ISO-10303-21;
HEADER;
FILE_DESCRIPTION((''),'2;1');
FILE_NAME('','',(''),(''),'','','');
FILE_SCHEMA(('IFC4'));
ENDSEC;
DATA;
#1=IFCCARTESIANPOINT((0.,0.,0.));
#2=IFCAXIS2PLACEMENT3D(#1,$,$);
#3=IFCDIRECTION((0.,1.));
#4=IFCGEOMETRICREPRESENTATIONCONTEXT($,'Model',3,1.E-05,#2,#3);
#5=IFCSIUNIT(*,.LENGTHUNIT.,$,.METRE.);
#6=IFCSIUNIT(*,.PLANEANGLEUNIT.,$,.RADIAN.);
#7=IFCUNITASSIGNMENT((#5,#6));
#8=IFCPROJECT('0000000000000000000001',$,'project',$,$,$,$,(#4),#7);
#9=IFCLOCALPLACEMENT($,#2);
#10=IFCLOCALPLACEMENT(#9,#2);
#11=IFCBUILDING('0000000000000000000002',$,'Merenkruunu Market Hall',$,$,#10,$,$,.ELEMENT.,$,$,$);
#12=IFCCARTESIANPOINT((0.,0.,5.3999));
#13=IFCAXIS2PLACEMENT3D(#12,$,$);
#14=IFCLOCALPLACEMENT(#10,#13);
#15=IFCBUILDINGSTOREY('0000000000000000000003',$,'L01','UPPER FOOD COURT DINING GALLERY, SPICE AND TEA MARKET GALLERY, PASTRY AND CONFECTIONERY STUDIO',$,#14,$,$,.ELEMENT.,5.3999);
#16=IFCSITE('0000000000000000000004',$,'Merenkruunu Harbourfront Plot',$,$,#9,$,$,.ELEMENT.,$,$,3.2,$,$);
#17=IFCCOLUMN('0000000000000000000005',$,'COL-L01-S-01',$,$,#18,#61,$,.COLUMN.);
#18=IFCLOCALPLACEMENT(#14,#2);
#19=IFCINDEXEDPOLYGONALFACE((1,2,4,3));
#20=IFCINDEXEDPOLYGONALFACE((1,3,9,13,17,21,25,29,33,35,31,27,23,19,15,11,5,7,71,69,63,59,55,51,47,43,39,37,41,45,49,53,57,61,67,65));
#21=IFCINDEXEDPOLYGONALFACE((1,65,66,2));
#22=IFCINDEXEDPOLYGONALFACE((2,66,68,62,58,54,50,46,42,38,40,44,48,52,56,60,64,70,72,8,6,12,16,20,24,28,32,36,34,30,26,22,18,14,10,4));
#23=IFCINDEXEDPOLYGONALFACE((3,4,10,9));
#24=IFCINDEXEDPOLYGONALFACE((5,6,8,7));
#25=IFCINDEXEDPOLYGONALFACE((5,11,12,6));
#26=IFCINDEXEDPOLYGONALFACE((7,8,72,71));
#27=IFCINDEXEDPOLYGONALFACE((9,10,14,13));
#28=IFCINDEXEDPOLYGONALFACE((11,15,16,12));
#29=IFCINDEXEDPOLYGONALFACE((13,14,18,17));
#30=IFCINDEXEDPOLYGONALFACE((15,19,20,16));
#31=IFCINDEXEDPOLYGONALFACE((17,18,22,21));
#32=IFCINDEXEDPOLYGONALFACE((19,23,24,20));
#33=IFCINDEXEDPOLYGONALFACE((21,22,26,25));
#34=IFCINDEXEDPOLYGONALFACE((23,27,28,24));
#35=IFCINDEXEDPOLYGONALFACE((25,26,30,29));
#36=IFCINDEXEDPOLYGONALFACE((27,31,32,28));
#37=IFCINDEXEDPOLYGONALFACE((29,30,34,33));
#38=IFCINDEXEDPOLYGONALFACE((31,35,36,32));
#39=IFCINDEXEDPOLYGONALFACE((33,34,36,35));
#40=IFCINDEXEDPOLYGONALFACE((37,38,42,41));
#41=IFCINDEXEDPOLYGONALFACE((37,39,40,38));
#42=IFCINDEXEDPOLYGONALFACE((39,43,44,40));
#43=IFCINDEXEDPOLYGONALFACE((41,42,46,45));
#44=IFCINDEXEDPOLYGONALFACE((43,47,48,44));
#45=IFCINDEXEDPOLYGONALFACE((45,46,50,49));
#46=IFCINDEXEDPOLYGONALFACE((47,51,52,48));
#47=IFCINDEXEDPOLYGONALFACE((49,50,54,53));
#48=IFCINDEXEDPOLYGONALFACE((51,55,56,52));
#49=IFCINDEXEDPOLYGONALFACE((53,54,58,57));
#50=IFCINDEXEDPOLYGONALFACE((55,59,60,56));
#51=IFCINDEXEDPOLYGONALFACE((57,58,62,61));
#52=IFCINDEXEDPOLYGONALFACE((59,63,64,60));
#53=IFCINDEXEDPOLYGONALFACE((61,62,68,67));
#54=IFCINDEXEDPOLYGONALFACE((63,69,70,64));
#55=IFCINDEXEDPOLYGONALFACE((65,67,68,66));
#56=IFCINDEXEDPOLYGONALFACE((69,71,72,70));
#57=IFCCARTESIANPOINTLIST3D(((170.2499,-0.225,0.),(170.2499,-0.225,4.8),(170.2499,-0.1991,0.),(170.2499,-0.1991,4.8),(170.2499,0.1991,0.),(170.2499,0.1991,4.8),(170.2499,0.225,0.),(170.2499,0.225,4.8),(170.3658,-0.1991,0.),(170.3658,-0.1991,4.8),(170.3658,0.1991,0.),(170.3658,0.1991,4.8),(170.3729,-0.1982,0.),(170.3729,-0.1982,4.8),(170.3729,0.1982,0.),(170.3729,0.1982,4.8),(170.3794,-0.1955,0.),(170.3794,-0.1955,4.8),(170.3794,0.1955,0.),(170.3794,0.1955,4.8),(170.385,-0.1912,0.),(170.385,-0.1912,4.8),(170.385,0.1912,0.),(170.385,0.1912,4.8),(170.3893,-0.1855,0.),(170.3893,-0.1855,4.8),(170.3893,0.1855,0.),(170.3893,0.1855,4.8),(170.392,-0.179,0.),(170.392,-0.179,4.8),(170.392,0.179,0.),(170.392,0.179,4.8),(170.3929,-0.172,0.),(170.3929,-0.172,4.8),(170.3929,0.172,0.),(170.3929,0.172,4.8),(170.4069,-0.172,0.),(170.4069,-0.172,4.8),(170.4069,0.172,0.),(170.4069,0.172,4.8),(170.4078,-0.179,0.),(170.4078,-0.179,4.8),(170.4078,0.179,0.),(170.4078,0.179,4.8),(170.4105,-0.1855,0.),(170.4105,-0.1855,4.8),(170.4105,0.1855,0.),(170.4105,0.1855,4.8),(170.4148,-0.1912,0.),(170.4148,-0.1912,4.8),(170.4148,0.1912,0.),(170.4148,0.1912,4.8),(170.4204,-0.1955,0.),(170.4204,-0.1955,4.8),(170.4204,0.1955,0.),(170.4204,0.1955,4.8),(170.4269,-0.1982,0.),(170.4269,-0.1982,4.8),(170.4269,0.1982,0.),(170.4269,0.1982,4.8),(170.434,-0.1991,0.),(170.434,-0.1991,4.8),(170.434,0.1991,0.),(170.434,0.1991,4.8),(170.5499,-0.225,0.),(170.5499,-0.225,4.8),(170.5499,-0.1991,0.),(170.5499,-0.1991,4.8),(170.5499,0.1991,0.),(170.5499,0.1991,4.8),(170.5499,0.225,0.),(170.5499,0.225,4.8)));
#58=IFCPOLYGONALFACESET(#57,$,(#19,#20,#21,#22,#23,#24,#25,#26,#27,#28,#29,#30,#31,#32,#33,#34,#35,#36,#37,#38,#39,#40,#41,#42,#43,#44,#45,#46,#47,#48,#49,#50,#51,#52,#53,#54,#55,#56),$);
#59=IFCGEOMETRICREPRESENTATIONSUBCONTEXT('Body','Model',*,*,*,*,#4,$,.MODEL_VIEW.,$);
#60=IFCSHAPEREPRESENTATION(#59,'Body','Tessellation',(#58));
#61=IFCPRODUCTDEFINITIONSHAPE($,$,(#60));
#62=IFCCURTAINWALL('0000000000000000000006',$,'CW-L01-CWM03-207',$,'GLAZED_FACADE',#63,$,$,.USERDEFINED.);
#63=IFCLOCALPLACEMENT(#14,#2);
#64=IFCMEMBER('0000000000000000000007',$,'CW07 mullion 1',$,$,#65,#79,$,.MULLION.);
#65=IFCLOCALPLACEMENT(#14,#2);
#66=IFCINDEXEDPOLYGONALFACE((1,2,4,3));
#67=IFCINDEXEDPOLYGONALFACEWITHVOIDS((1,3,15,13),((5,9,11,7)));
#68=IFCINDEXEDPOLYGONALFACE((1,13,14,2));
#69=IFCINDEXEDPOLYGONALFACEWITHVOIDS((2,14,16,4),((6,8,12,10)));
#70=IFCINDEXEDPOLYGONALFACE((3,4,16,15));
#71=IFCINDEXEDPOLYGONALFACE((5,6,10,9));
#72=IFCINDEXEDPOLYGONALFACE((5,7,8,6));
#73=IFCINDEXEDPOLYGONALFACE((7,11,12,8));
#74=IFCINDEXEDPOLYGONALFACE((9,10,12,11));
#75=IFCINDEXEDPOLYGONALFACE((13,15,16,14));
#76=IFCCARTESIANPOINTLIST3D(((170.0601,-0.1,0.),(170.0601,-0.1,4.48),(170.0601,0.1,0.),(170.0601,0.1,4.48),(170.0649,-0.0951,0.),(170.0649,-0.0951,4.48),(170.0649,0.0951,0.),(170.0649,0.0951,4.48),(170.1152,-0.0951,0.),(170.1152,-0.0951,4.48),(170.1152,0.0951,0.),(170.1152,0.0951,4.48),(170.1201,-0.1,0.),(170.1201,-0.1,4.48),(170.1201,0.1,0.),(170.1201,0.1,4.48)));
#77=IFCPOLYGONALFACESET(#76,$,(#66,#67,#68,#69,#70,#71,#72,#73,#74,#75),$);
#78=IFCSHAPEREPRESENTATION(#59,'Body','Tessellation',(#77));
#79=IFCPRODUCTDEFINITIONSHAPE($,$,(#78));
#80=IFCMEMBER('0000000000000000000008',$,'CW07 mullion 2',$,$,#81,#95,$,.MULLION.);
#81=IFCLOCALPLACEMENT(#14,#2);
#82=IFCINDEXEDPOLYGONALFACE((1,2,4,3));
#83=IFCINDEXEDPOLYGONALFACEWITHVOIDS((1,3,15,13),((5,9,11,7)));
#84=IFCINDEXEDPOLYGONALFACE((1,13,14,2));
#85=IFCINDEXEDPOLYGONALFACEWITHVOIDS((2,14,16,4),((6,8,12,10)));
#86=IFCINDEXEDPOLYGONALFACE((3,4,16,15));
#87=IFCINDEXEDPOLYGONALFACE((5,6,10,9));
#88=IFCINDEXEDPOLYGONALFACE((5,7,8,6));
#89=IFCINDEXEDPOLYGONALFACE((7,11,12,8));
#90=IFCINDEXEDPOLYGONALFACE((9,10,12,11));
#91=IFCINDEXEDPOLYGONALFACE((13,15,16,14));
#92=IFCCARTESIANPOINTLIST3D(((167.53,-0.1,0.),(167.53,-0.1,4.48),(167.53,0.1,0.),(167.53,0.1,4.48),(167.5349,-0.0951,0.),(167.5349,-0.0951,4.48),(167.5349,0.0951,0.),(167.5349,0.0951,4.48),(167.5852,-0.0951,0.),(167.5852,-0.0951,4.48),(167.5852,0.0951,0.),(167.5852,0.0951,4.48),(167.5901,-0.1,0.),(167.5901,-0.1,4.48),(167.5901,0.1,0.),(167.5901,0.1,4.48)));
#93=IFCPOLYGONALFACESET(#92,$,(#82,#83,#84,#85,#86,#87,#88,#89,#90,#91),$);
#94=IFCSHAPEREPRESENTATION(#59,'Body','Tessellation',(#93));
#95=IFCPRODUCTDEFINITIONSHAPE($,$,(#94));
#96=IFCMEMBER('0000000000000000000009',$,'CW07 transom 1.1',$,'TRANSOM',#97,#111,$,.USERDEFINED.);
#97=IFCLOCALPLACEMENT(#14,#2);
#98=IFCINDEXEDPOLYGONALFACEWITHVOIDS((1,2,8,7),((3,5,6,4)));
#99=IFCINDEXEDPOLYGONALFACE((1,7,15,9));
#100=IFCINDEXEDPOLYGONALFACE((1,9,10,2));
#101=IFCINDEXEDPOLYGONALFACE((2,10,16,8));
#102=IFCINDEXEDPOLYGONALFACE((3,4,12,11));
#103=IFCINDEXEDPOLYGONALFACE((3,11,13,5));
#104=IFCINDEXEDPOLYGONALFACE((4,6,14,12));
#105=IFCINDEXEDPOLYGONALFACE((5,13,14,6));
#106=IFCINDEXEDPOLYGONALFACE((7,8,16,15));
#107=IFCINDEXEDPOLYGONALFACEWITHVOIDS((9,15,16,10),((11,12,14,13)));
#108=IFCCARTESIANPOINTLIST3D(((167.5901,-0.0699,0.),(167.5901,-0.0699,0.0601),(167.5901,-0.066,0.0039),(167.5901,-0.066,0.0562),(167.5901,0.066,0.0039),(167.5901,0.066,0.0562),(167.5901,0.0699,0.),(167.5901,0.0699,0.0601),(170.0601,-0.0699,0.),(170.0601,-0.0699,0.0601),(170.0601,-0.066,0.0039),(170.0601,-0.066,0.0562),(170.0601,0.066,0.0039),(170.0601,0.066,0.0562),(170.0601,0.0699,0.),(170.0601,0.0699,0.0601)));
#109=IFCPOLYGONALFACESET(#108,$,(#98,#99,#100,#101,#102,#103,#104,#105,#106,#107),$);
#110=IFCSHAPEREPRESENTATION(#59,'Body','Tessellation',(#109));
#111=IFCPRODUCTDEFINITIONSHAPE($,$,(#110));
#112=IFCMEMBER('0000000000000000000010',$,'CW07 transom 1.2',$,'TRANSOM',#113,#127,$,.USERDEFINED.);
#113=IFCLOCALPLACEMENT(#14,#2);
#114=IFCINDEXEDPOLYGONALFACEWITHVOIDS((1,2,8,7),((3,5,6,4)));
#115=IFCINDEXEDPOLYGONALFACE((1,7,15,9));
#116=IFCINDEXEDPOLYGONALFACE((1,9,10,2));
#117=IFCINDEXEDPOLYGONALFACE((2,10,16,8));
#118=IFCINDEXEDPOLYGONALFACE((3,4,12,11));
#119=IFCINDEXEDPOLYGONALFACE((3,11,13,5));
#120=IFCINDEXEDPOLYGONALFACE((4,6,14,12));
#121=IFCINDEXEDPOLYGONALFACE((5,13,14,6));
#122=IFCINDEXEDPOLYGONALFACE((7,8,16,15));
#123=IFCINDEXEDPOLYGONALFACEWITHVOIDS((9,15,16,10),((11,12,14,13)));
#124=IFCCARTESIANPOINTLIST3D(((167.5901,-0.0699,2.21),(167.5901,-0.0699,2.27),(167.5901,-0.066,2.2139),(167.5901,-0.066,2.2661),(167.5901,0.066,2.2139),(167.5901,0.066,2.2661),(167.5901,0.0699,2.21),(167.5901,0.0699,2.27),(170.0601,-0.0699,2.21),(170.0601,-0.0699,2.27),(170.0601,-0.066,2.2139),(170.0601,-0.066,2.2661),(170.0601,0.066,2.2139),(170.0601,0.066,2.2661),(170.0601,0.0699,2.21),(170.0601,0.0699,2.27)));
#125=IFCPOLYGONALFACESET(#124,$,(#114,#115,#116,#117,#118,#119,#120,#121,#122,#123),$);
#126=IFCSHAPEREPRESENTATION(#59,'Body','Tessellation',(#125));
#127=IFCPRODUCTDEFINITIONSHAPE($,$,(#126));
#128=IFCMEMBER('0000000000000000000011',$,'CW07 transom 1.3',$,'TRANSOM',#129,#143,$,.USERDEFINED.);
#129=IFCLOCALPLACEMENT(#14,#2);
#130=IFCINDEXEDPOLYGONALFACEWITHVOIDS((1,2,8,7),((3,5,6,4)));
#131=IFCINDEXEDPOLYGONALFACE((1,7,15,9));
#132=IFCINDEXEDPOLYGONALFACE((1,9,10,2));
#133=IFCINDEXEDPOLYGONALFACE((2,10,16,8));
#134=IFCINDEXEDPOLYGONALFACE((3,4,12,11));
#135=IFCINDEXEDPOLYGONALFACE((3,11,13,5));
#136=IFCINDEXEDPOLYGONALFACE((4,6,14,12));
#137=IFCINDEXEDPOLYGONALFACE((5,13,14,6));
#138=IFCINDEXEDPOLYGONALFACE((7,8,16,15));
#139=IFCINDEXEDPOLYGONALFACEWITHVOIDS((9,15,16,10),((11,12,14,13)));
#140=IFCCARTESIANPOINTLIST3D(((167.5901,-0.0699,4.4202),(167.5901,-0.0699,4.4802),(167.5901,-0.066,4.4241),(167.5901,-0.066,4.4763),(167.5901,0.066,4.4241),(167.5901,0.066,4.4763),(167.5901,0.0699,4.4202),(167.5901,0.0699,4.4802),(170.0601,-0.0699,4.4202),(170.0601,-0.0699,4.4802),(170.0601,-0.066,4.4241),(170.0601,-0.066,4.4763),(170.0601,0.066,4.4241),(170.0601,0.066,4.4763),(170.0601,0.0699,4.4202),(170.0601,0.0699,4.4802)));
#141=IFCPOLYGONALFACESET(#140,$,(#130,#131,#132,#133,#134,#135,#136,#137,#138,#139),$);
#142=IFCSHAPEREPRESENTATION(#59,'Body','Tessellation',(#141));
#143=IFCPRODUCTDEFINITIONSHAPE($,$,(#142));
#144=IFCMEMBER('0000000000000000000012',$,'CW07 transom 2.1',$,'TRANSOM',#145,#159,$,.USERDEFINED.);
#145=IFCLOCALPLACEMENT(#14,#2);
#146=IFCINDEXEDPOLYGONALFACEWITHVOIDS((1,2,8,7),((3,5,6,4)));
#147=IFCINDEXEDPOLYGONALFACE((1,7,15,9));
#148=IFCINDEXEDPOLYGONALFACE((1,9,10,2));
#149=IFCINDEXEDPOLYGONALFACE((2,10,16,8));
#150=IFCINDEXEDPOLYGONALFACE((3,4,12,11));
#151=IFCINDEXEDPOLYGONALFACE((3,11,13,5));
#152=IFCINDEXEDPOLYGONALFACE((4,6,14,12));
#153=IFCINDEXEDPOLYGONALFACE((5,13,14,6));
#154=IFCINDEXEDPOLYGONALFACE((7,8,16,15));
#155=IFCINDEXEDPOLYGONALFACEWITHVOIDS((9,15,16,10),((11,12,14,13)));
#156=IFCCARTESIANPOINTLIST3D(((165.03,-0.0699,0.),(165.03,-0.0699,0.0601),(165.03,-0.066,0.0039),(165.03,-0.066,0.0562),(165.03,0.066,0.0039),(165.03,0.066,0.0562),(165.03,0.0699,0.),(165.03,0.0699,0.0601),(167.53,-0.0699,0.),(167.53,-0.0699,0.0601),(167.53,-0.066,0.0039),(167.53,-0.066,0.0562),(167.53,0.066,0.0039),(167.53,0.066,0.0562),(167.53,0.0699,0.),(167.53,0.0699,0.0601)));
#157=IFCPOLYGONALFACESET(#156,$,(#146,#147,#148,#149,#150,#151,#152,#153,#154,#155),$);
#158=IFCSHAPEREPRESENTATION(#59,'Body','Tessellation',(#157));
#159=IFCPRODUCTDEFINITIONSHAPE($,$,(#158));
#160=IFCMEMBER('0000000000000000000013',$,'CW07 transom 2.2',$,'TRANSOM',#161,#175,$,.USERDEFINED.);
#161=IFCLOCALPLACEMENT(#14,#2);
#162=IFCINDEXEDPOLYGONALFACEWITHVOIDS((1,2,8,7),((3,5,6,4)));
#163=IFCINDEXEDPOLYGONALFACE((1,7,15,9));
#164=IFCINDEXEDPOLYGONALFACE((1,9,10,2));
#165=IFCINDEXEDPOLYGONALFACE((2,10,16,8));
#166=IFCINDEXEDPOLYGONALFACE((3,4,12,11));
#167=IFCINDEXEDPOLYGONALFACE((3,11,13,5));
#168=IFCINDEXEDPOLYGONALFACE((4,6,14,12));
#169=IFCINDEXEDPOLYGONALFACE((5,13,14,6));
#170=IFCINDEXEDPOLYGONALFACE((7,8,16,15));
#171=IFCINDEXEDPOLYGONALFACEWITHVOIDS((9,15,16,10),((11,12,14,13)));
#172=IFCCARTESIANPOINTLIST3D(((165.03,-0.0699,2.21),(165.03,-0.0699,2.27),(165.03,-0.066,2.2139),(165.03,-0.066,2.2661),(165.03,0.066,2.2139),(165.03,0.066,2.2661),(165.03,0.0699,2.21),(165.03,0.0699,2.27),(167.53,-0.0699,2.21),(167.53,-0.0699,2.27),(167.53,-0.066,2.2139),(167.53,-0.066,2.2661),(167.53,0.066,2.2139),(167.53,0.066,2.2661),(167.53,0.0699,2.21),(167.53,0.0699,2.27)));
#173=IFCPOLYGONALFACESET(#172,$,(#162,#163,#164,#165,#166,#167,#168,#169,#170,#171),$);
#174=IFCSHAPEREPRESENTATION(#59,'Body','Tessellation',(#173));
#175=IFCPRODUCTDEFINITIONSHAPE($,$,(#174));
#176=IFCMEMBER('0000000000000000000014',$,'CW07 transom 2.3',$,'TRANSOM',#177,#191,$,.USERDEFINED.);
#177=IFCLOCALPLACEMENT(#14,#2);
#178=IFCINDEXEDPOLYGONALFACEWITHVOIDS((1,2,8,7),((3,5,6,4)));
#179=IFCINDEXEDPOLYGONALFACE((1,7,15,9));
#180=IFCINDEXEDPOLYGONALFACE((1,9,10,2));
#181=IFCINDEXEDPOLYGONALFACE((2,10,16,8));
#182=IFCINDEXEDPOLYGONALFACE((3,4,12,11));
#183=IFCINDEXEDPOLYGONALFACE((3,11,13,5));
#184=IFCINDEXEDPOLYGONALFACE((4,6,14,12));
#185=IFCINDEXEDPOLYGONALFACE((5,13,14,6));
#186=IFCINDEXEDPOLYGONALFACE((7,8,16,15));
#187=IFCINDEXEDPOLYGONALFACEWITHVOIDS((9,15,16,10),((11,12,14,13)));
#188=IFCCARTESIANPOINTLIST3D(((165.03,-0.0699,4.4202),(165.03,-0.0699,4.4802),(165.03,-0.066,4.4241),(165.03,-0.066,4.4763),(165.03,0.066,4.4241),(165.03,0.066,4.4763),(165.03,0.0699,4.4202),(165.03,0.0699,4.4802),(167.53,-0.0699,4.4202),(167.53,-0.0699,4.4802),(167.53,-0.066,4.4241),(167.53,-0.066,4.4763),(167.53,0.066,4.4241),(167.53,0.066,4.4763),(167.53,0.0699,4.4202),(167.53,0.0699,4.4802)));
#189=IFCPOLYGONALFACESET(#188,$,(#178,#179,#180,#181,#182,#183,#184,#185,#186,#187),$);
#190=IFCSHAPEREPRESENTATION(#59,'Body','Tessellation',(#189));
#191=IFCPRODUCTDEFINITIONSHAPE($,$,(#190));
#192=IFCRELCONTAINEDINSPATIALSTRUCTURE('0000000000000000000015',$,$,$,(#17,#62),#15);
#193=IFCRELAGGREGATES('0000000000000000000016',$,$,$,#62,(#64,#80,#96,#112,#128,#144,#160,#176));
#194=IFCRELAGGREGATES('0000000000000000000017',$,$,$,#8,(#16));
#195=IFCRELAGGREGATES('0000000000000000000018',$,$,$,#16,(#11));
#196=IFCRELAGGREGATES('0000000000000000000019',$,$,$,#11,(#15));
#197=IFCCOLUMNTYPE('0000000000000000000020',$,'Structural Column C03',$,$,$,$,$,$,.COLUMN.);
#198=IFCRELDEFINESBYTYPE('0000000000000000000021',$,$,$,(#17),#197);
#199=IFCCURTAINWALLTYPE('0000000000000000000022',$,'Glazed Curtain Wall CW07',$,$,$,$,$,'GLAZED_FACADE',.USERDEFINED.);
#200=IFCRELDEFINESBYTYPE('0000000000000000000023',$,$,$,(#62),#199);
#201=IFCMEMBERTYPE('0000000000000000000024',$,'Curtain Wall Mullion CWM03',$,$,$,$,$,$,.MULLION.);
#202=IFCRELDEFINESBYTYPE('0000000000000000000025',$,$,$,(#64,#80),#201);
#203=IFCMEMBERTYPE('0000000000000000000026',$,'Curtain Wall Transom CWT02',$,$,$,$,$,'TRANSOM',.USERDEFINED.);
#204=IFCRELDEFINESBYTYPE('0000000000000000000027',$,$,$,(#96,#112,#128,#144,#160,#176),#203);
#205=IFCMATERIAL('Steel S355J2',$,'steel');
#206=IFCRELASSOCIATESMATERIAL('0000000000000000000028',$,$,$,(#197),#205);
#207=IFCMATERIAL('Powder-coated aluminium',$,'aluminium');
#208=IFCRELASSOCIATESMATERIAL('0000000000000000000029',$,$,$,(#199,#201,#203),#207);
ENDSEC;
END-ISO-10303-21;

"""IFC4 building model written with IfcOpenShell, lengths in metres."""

from ifc_helpers import new_model, si_unit, direction, frame, origin, origin_2d, place, context, subcontext, project, spatial, hollow_rectangle, i_section, extrude, material, material_profile, profile_set, type_object, element, aggregate, save


model = new_model("IFC4")

# Units and contexts
model_context = context("Model", 3, precision=1e-05, world=origin(), true_north=direction((0.0, 1.0)))
body_context = subcontext(model_context, "Body", "Model", "MODEL_VIEW")
ifc_project = project(units=[si_unit("LENGTHUNIT", "METRE"), si_unit("PLANEANGLEUNIT", "RADIAN")], contexts=[model_context])

# Site, building, storey
site_placement = place(None, origin())
site = spatial("IfcSite", under=ifc_project, at=site_placement, Name="Merenkruunu Harbourfront Plot", CompositionType="ELEMENT", RefElevation=3.2)
building_placement = place(site_placement, origin())
building = spatial("IfcBuilding", under=site, at=building_placement, Name="Merenkruunu Market Hall", CompositionType="ELEMENT")
storey_placement = place(building_placement, frame((0.0, 0.0, 5.3999)))
storey = spatial("IfcBuildingStorey", under=building, at=storey_placement, Name="L01", Description="UPPER FOOD COURT DINING GALLERY, SPICE AND TEA MARKET GALLERY, PASTRY AND CONFECTIONERY STUDIO", CompositionType="ELEMENT", Elevation=5.3999)

# Column
ifc_material_1 = material(Name="Steel S355J2", Category="steel")
ifc_material_profile_1 = material_profile(ifc_material_1, i_section(OverallWidth=0.3, OverallDepth=0.45, WebThickness=0.0139, FlangeThickness=0.0259, FilletRadius=0.0271, at=origin_2d()), Name="HEB 450")
ifc_profile_set_1 = profile_set([ifc_material_profile_1], Name="Steel S355J2")
column_type = type_object("IfcColumnType", Name="Structural Column C03", PredefinedType="COLUMN", material=ifc_profile_set_1)
column_placement = place(storey_placement, frame((170.3999, 0.0, 0.0), z_axis=(0.0, 0.0, 1.0), x_axis=(1.0, 0.0, 0.0)))
element("IfcColumn", 1, at=column_placement, inside=storey, type_object=column_type, Name="COL-L01-S-01", PredefinedType="COLUMN", context=body_context, shape_type="SweptSolid", body=[
    extrude(i_section(OverallWidth=0.3, OverallDepth=0.45, WebThickness=0.0139, FlangeThickness=0.0259, FilletRadius=0.0271, at=origin_2d()), origin(), (0.0, 0.0, 1.0), 4.8),
])

# Curtain wall, members
ifc_material_2 = material(Name="Powder-coated aluminium", Category="aluminium")
curtain_wall_type = type_object("IfcCurtainWallType", Name="Glazed Curtain Wall CW07", ElementType="GLAZED_FACADE", PredefinedType="USERDEFINED", material=ifc_material_2)
curtain_wall_placement = place(storey_placement, origin())
curtain_wall = element("IfcCurtainWall", 2, at=curtain_wall_placement, inside=storey, type_object=curtain_wall_type, Name="CW-L01-CWM03-207", ObjectType="GLAZED_FACADE", PredefinedType="USERDEFINED")
ifc_material_profile_2 = material_profile(ifc_material_2, hollow_rectangle(XDim=0.0601, YDim=0.2, WallThickness=0.0049, at=origin_2d()), Name="ALU 60x200x5")
ifc_profile_set_2 = profile_set([ifc_material_profile_2], Name="Powder-coated aluminium")
member_type_1 = type_object("IfcMemberType", Name="Curtain Wall Mullion CWM03", PredefinedType="MULLION", material=ifc_profile_set_2)
member_1_placement = place(storey_placement, frame((170.0901, 0.0, 0.0), z_axis=(0.0, 0.0, 1.0), x_axis=(-1.0, 0.0, 0.0)))
member_1 = element("IfcMember", 3, at=member_1_placement, type_object=member_type_1, Name="CW07 mullion 1", PredefinedType="MULLION", context=body_context, shape_type="SweptSolid", body=[
    extrude(hollow_rectangle(XDim=0.0601, YDim=0.2, WallThickness=0.0049, at=origin_2d()), origin(), (0.0, 0.0, 1.0), 4.48),
])
member_2_placement = place(storey_placement, frame((167.5601, 0.0, 0.0), z_axis=(0.0, 0.0, 1.0), x_axis=(-1.0, 0.0, 0.0)))
member_2 = element("IfcMember", 4, at=member_2_placement, type_object=member_type_1, Name="CW07 mullion 2", PredefinedType="MULLION", context=body_context, shape_type="SweptSolid", body=[
    extrude(hollow_rectangle(XDim=0.0601, YDim=0.2, WallThickness=0.0049, at=origin_2d()), origin(), (0.0, 0.0, 1.0), 4.48),
])
ifc_material_profile_3 = material_profile(ifc_material_2, hollow_rectangle(XDim=0.0601, YDim=0.1399, WallThickness=0.0039, at=origin_2d()), Name="ALU 60x140x4")
ifc_profile_set_3 = profile_set([ifc_material_profile_3], Name="Powder-coated aluminium")
member_type_2 = type_object("IfcMemberType", Name="Curtain Wall Transom CWT02", ElementType="TRANSOM", PredefinedType="USERDEFINED", material=ifc_profile_set_3)
member_3_placement = place(storey_placement, frame((170.0601, 0.0, 0.03), z_axis=(-1.0, 0.0, 0.0), x_axis=(0.0, 0.0, 1.0)))
member_3 = element("IfcMember", 5, at=member_3_placement, type_object=member_type_2, Name="CW07 transom 1.1", ObjectType="TRANSOM", PredefinedType="USERDEFINED", context=body_context, shape_type="SweptSolid", body=[
    extrude(hollow_rectangle(XDim=0.0601, YDim=0.1399, WallThickness=0.0039, at=origin_2d()), origin(), (0.0, 0.0, 1.0), 2.47),
])
member_4_placement = place(storey_placement, frame((170.0601, 0.0, 2.24), z_axis=(-1.0, 0.0, 0.0), x_axis=(0.0, 0.0, 1.0)))
member_4 = element("IfcMember", 6, at=member_4_placement, type_object=member_type_2, Name="CW07 transom 1.2", ObjectType="TRANSOM", PredefinedType="USERDEFINED", context=body_context, shape_type="SweptSolid", body=[
    extrude(hollow_rectangle(XDim=0.0601, YDim=0.1399, WallThickness=0.0039, at=origin_2d()), origin(), (0.0, 0.0, 1.0), 2.47),
])
member_5_placement = place(storey_placement, frame((170.0601, 0.0, 4.4502), z_axis=(-1.0, 0.0, 0.0), x_axis=(0.0, 0.0, 1.0)))
member_5 = element("IfcMember", 7, at=member_5_placement, type_object=member_type_2, Name="CW07 transom 1.3", ObjectType="TRANSOM", PredefinedType="USERDEFINED", context=body_context, shape_type="SweptSolid", body=[
    extrude(hollow_rectangle(XDim=0.0601, YDim=0.1399, WallThickness=0.0039, at=origin_2d()), origin(), (0.0, 0.0, 1.0), 2.47),
])
member_6_placement = place(storey_placement, frame((167.53, 0.0, 0.03), z_axis=(-1.0, 0.0, 0.0), x_axis=(0.0, 0.0, 1.0)))
member_6 = element("IfcMember", 8, at=member_6_placement, type_object=member_type_2, Name="CW07 transom 2.1", ObjectType="TRANSOM", PredefinedType="USERDEFINED", context=body_context, shape_type="SweptSolid", body=[
    extrude(hollow_rectangle(XDim=0.0601, YDim=0.1399, WallThickness=0.0039, at=origin_2d()), origin(), (0.0, 0.0, 1.0), 2.5),
])
member_7_placement = place(storey_placement, frame((167.53, 0.0, 2.24), z_axis=(-1.0, 0.0, 0.0), x_axis=(0.0, 0.0, 1.0)))
member_7 = element("IfcMember", 9, at=member_7_placement, type_object=member_type_2, Name="CW07 transom 2.2", ObjectType="TRANSOM", PredefinedType="USERDEFINED", context=body_context, shape_type="SweptSolid", body=[
    extrude(hollow_rectangle(XDim=0.0601, YDim=0.1399, WallThickness=0.0039, at=origin_2d()), origin(), (0.0, 0.0, 1.0), 2.5),
])
member_8_placement = place(storey_placement, frame((167.53, 0.0, 4.4502), z_axis=(-1.0, 0.0, 0.0), x_axis=(0.0, 0.0, 1.0)))
member_8 = element("IfcMember", 10, at=member_8_placement, type_object=member_type_2, Name="CW07 transom 2.3", ObjectType="TRANSOM", PredefinedType="USERDEFINED", context=body_context, shape_type="SweptSolid", body=[
    extrude(hollow_rectangle(XDim=0.0601, YDim=0.1399, WallThickness=0.0039, at=origin_2d()), origin(), (0.0, 0.0, 1.0), 2.5),
])
aggregate(curtain_wall, [member_1, member_2, member_3, member_4, member_5, member_6, member_7, member_8])

save(model, "model.ifc")
